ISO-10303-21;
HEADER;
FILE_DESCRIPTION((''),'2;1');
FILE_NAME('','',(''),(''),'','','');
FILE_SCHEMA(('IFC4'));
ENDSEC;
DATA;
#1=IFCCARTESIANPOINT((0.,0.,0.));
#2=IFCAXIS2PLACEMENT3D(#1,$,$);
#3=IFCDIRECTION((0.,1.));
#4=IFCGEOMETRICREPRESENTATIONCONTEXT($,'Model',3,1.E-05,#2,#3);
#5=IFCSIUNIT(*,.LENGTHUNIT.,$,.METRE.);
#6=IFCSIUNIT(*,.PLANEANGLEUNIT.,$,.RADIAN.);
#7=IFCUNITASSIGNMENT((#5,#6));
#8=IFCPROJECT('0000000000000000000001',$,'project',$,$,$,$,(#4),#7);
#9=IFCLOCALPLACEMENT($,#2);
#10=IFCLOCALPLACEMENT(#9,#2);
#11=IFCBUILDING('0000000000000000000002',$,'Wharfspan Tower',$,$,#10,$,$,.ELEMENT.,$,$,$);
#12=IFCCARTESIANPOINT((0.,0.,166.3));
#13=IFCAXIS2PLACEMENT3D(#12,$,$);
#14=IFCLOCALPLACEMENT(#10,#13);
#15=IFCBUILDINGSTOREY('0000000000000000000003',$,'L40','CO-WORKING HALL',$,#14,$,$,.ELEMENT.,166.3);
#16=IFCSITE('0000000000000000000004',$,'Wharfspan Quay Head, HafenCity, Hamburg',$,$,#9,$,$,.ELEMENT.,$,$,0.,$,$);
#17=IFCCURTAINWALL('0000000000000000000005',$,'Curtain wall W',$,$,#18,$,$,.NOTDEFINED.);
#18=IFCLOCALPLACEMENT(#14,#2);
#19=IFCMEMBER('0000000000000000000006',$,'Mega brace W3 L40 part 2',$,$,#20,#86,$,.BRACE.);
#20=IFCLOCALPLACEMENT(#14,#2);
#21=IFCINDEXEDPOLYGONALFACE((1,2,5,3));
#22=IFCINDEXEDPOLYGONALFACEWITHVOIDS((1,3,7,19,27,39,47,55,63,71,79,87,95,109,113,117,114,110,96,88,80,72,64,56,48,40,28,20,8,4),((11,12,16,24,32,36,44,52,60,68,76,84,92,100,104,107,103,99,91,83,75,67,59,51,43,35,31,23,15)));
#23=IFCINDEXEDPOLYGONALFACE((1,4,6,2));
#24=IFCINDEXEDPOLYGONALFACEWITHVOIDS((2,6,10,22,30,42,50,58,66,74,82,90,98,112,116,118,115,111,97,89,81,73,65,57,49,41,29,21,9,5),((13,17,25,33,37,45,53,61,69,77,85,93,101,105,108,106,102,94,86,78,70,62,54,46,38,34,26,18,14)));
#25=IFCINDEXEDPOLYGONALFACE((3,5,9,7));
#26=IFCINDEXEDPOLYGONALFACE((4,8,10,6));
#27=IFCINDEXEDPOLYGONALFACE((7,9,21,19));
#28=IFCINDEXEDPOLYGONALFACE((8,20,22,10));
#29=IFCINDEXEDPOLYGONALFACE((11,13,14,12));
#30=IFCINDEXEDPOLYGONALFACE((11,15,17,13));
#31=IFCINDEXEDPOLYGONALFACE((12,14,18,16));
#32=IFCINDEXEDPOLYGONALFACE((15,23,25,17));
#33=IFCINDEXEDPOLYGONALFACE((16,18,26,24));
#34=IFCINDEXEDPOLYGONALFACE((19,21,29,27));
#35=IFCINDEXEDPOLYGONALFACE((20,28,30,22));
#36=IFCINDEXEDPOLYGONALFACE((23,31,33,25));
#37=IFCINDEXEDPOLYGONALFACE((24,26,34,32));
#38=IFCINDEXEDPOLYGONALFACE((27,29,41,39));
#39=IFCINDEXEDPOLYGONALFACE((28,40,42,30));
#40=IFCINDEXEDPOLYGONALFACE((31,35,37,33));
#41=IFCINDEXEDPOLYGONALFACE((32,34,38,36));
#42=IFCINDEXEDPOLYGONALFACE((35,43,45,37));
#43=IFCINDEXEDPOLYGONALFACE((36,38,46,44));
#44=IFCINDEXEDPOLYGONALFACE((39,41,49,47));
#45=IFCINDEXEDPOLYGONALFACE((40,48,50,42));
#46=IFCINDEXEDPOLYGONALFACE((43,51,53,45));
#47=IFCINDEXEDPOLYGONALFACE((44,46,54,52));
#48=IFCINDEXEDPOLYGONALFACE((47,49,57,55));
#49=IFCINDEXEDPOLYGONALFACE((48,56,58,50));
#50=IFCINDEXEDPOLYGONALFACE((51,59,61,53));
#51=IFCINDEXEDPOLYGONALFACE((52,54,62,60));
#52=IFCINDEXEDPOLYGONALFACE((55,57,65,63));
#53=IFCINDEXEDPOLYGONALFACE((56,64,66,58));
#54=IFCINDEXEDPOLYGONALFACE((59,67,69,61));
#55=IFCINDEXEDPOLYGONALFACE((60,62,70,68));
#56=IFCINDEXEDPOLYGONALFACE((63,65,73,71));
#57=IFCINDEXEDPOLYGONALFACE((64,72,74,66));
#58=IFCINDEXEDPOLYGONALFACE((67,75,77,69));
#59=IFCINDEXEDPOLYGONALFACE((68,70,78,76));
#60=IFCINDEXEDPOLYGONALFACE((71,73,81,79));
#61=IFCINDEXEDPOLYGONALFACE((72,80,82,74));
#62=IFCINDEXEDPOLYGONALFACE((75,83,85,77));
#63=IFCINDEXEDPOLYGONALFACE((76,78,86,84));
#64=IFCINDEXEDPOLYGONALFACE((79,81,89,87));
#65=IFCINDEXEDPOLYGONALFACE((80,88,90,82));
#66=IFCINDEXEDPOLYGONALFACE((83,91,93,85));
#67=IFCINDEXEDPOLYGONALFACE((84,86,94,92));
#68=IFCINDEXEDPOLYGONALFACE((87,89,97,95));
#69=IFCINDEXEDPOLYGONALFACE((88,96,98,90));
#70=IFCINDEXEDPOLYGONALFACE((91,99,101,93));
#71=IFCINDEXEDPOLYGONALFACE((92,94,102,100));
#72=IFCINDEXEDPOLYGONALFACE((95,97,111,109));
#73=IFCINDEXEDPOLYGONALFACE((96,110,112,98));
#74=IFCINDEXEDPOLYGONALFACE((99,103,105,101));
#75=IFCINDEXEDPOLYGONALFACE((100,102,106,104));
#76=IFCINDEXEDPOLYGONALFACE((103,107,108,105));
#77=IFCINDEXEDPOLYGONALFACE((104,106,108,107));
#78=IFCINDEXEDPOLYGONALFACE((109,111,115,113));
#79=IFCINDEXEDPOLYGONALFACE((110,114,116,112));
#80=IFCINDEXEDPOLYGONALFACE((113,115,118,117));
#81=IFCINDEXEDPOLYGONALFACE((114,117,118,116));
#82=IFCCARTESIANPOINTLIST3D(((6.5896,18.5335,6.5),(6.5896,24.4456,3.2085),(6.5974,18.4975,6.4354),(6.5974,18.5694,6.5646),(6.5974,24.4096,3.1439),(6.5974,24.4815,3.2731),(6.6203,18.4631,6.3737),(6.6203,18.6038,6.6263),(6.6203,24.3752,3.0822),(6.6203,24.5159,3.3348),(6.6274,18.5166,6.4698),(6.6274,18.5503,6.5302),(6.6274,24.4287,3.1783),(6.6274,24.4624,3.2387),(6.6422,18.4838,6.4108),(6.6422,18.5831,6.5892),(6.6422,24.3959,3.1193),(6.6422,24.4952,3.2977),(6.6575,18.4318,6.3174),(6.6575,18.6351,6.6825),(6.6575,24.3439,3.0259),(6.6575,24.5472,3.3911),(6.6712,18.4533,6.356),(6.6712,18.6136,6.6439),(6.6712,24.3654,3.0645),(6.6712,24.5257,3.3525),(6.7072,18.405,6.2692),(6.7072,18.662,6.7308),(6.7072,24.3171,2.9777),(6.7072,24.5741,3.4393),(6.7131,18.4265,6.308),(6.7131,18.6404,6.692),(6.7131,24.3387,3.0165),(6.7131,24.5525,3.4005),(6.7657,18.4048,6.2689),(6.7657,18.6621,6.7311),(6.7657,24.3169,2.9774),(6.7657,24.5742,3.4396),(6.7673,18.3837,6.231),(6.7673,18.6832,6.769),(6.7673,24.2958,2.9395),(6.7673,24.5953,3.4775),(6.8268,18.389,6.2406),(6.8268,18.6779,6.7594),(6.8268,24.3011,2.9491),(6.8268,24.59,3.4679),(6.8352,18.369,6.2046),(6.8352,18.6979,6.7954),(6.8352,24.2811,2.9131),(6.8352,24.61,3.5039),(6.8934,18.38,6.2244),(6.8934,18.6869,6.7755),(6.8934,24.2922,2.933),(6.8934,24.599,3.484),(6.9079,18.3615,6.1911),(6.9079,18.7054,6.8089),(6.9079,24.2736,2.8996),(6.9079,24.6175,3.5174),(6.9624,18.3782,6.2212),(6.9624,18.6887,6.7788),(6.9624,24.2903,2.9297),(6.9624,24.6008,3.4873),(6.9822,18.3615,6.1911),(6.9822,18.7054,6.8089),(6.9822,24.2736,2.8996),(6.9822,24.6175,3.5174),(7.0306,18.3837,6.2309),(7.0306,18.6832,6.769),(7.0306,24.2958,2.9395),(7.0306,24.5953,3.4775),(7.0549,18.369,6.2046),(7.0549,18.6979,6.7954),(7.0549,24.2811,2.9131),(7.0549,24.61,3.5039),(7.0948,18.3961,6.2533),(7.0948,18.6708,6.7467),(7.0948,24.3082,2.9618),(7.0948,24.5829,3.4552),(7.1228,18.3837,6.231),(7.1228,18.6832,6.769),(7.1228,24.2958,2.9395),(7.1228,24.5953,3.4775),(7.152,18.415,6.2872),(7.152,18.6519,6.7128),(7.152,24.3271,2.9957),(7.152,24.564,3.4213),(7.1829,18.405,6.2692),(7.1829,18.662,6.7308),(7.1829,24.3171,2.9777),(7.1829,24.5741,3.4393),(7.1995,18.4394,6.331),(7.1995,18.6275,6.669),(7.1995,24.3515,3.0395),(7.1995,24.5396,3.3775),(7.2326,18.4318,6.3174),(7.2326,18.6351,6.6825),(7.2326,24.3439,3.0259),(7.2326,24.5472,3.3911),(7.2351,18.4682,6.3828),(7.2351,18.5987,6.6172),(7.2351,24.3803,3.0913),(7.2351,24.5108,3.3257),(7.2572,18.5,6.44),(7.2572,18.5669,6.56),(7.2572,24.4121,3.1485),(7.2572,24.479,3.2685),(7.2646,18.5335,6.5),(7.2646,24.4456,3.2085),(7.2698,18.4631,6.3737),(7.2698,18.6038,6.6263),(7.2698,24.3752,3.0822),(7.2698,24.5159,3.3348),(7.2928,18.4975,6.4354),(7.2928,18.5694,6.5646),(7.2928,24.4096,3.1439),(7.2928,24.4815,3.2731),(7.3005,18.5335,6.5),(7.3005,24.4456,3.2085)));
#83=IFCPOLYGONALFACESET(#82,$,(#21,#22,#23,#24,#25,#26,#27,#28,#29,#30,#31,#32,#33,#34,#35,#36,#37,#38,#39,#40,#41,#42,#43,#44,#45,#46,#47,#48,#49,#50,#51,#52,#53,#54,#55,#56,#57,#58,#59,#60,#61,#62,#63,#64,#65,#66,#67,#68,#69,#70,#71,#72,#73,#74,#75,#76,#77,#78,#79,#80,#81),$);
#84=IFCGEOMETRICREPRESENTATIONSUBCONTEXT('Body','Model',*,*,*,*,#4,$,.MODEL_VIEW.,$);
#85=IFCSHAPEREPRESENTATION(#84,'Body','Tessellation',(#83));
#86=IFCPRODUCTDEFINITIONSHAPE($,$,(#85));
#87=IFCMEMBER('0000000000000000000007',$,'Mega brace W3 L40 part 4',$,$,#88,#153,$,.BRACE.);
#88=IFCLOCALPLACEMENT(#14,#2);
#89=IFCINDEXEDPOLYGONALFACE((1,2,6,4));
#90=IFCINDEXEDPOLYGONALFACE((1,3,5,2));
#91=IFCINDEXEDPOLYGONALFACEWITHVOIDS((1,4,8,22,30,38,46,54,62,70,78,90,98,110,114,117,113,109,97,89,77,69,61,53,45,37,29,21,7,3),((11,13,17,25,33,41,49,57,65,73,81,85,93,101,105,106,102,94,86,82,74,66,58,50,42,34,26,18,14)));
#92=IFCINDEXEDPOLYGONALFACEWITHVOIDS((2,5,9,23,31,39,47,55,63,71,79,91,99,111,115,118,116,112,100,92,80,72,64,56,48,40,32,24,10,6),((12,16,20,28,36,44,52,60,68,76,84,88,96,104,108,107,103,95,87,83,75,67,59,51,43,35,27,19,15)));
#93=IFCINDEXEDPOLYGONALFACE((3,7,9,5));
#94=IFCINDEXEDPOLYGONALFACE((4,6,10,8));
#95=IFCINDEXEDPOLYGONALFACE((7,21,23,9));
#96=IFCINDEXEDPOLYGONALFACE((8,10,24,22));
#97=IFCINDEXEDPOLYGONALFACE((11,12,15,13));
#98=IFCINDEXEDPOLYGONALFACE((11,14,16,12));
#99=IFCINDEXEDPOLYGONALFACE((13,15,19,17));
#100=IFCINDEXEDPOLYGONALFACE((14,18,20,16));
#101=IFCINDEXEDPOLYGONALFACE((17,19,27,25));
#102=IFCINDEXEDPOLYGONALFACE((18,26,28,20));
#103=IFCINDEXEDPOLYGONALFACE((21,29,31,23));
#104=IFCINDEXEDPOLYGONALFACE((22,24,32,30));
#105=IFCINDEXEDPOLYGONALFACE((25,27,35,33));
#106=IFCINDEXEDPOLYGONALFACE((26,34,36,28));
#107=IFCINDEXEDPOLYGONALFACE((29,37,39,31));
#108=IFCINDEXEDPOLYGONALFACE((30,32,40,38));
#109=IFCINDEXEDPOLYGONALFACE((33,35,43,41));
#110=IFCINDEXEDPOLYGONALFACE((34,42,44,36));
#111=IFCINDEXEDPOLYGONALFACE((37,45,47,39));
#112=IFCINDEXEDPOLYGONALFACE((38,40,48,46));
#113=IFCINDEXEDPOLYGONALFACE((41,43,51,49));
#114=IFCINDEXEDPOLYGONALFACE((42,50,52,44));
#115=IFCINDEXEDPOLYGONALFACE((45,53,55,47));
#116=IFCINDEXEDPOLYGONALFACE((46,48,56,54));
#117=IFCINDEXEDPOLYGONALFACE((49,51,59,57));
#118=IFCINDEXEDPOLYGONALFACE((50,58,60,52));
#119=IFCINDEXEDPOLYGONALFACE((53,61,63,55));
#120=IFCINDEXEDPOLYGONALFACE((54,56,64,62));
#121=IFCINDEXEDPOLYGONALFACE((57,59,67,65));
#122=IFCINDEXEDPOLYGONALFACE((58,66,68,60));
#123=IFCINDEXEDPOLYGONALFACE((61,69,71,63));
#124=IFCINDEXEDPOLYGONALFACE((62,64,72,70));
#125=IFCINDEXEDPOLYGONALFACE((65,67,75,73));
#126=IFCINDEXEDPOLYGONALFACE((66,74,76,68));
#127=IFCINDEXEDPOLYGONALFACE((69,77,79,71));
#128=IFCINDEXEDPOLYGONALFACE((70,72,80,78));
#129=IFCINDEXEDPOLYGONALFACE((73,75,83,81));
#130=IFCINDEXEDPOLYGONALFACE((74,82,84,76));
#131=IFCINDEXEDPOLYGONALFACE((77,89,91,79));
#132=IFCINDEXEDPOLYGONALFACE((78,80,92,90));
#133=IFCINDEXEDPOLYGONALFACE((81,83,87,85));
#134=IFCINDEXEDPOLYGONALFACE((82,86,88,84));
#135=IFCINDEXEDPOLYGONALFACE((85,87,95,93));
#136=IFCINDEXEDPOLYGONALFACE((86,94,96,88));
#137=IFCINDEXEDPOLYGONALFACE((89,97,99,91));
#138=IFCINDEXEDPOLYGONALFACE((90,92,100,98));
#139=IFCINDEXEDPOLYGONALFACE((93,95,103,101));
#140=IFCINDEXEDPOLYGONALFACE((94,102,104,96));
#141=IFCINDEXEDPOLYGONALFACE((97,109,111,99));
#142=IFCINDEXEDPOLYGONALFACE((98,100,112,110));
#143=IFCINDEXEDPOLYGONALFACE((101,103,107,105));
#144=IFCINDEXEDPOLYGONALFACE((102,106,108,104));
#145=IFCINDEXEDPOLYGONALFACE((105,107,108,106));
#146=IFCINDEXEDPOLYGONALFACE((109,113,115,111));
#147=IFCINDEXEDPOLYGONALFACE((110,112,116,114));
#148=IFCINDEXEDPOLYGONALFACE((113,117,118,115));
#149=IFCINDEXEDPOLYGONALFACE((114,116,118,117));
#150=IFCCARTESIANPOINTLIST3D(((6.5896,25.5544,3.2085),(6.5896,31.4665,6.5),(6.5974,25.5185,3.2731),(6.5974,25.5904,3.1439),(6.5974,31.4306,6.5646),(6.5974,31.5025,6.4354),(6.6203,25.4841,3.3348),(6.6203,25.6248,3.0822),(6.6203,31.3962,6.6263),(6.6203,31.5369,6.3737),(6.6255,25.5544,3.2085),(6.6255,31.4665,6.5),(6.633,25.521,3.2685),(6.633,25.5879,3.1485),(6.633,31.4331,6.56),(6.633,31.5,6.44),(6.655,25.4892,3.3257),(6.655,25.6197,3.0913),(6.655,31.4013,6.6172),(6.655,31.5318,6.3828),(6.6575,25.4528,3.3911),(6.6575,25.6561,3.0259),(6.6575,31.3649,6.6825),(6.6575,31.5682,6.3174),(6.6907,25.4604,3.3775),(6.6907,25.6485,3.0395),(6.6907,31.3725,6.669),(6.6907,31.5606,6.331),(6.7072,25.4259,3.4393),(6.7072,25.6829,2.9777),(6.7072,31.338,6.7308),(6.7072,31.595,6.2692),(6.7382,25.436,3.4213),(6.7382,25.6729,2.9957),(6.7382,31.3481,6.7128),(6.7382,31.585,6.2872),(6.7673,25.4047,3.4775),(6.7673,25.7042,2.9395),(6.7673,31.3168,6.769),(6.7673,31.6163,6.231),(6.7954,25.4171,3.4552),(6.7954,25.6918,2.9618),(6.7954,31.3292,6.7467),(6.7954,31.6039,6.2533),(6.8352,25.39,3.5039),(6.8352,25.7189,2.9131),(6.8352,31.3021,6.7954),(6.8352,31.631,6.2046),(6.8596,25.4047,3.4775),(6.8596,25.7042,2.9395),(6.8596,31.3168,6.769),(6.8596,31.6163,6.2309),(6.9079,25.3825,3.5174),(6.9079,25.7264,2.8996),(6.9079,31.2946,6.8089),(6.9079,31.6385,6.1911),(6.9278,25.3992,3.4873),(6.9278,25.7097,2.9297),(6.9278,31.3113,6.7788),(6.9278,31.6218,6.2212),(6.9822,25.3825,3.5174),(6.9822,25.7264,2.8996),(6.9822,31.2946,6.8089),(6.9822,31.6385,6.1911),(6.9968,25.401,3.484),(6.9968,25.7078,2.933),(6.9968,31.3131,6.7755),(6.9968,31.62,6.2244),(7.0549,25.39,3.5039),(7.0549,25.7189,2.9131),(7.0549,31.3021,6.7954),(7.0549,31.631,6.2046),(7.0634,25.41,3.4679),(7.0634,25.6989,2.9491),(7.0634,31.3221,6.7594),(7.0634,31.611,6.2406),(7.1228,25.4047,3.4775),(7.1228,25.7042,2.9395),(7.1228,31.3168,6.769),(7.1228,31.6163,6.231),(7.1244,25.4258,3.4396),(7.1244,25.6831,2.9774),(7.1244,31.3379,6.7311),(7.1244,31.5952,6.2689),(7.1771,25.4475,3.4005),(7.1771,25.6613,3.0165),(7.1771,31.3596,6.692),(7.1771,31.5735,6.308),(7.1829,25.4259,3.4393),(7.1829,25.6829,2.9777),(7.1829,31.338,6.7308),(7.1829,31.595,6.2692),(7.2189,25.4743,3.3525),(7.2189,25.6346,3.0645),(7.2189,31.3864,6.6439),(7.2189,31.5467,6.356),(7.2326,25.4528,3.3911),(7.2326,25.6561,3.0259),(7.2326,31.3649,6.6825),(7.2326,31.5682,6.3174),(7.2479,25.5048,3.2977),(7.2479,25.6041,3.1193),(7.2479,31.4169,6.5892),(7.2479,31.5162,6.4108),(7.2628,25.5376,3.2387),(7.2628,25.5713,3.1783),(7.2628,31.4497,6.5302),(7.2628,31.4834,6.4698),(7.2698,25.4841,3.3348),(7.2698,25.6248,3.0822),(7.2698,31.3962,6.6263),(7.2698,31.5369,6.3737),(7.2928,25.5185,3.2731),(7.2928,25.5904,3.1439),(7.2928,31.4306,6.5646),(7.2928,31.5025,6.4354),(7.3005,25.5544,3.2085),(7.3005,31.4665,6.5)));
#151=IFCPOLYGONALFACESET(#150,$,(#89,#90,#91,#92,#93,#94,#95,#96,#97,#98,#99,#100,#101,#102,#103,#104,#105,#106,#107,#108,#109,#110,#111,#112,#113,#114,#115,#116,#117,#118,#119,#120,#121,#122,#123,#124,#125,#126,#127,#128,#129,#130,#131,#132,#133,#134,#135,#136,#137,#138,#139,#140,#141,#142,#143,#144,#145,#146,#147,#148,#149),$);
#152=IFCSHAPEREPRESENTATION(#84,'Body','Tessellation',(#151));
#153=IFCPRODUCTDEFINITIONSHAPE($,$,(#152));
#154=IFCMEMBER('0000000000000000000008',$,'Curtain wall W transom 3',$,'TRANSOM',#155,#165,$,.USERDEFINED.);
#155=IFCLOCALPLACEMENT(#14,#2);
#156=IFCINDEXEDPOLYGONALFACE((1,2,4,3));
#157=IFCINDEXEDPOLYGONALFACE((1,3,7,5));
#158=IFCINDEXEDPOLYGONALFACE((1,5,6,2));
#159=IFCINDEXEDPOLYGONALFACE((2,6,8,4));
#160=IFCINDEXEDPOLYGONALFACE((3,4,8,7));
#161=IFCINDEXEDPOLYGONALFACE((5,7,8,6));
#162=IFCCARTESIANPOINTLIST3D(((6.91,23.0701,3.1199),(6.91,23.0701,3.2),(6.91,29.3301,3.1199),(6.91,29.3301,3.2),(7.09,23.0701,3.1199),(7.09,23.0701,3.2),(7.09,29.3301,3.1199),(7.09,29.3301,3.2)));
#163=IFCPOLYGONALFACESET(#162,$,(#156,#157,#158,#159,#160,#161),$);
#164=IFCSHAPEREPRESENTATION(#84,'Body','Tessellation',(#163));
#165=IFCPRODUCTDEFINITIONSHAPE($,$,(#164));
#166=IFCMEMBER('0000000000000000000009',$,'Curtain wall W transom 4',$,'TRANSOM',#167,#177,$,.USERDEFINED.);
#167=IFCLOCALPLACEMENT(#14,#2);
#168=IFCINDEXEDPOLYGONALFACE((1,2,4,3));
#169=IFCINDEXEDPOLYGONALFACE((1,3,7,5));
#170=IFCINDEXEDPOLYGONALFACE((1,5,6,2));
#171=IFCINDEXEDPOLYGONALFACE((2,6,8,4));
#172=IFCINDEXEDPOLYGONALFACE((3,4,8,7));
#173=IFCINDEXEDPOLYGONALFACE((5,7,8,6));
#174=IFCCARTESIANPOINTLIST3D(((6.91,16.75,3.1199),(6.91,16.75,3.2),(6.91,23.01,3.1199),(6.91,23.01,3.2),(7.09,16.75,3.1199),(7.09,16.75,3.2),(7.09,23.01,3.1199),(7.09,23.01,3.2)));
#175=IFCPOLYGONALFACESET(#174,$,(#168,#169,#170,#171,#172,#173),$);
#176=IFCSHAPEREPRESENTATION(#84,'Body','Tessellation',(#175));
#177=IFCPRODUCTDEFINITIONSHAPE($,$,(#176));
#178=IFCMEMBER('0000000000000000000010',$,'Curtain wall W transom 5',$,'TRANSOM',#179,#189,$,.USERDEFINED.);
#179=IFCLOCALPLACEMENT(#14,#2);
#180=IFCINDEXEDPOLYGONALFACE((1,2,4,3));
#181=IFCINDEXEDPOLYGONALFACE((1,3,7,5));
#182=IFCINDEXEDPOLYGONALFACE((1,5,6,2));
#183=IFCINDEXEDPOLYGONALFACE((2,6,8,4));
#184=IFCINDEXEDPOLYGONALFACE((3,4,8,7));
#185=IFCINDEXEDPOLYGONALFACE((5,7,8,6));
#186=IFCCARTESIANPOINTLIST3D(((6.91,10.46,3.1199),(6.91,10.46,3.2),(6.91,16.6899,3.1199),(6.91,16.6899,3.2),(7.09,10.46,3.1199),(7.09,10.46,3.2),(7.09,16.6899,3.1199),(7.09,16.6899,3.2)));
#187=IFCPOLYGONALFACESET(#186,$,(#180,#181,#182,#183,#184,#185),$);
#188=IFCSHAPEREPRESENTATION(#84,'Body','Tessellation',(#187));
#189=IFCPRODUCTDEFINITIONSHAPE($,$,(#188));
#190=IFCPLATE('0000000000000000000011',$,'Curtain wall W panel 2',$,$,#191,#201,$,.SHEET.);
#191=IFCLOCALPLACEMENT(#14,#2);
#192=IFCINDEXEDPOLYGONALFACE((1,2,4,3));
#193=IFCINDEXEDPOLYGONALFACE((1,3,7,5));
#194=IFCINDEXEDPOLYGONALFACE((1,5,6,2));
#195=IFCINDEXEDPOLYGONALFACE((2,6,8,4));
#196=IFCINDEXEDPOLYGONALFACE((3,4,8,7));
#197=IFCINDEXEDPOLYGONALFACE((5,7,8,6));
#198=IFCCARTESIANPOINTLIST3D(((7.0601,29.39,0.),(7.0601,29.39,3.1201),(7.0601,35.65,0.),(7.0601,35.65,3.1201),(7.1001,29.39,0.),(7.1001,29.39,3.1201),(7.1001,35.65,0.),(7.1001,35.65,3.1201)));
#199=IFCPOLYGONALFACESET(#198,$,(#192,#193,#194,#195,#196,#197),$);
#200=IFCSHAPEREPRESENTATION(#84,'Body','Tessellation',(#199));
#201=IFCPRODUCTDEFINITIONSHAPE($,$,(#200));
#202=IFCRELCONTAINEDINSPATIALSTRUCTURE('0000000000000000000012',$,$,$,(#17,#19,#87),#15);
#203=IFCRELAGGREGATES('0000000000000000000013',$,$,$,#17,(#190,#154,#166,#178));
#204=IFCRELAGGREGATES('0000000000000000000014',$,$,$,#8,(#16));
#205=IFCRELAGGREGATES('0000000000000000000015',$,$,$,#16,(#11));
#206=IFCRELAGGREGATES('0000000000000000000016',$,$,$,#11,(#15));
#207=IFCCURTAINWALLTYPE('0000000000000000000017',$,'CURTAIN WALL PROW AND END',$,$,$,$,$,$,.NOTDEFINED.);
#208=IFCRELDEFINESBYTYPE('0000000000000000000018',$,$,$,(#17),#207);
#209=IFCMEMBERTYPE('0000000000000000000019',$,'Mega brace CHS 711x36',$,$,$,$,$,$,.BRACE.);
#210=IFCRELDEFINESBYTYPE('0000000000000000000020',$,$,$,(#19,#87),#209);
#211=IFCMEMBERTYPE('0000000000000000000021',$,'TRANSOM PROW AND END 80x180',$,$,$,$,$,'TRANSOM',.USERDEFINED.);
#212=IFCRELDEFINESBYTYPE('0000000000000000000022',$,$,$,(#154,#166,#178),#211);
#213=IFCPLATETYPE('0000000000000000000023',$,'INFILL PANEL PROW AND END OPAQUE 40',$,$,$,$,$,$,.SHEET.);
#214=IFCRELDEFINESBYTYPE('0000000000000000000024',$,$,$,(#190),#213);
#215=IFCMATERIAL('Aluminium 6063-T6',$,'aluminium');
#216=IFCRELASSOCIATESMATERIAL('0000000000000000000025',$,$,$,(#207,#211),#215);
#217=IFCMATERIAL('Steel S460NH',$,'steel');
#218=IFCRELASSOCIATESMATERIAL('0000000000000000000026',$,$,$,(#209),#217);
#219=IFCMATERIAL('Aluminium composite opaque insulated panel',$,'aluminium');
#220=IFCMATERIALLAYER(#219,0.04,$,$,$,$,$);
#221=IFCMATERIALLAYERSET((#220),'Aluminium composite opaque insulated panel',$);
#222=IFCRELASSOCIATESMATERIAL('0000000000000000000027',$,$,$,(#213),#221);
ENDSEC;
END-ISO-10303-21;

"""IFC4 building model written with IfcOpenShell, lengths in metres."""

from ifc_helpers import new_model, si_unit, direction, frame, origin, origin_2d, place, context, subcontext, project, spatial, rectangle, hollow_circle, extrude, material, layer, layer_set, material_profile, profile_set, type_object, element, aggregate, save


model = new_model("IFC4")

# Units and contexts
model_context = context("Model", 3, precision=1e-05, world=origin(), true_north=direction((0.0, 1.0)))
body_context = subcontext(model_context, "Body", "Model", "MODEL_VIEW")
ifc_project = project(units=[si_unit("LENGTHUNIT", "METRE"), si_unit("PLANEANGLEUNIT", "RADIAN")], contexts=[model_context])

# Site, building, storey
site_placement = place(None, origin())
site = spatial("IfcSite", under=ifc_project, at=site_placement, Name="Wharfspan Quay Head, HafenCity, Hamburg", CompositionType="ELEMENT", RefElevation=0.0)
building_placement = place(site_placement, origin())
building = spatial("IfcBuilding", under=site, at=building_placement, Name="Wharfspan Tower", CompositionType="ELEMENT")
storey_placement = place(building_placement, frame((0.0, 0.0, 166.3)))
storey = spatial("IfcBuildingStorey", under=building, at=storey_placement, Name="L40", Description="CO-WORKING HALL", CompositionType="ELEMENT", Elevation=166.3)

# Curtain wall
ifc_material_1 = material(Name="Aluminium 6063-T6", Category="aluminium")
curtain_wall_type = type_object("IfcCurtainWallType", Name="CURTAIN WALL PROW AND END", PredefinedType="NOTDEFINED", material=ifc_material_1)
curtain_wall_placement = place(storey_placement, origin())
curtain_wall = element("IfcCurtainWall", 1, at=curtain_wall_placement, inside=storey, type_object=curtain_wall_type, Name="Curtain wall W", PredefinedType="NOTDEFINED")

# Members
ifc_material_2 = material(Name="Steel S460NH", Category="steel")
ifc_material_profile_1 = material_profile(ifc_material_2, hollow_circle(Radius=0.3555, WallThickness=0.0359, at=origin_2d()))
ifc_profile_set_1 = profile_set([ifc_material_profile_1], Name="Steel S460NH")
member_type_1 = type_object("IfcMemberType", Name="Mega brace CHS 711x36", PredefinedType="BRACE", material=ifc_profile_set_1)
for number, where, z_axis, x_axis, name in (
    (2, (6.9451, 24.4456, 3.2085), (0.0, -0.873718, 0.486433), (1.0, 0.0, 0.0), "Mega brace W3 L40 part 2"),
    (3, (6.9451, 25.5544, 3.2085), (0.0, 0.873718, 0.486433), (-1.0, 0.0, 0.0), "Mega brace W3 L40 part 4"),
):
    element("IfcMember", number, at=place(storey_placement, frame(where, z_axis=z_axis, x_axis=x_axis)), inside=storey, type_object=member_type_1, Name=name, PredefinedType="BRACE", context=body_context, shape_type="SweptSolid", body=[
        extrude(hollow_circle(Radius=0.3555, WallThickness=0.0359, at=origin_2d()), origin(), (0.0, 0.0, 1.0), 6.7666),
    ])

# Members
ifc_material_profile_2 = material_profile(ifc_material_1, rectangle(XDim=0.1799, YDim=0.0801, at=origin_2d()))
ifc_profile_set_2 = profile_set([ifc_material_profile_2], Name="Aluminium 6063-T6")
member_type_2 = type_object("IfcMemberType", Name="TRANSOM PROW AND END 80x180", ElementType="TRANSOM", PredefinedType="USERDEFINED", material=ifc_profile_set_2)
member_1_placement = place(storey_placement, frame((7.0, 29.3301, 3.1599), z_axis=(0.0, -1.0, 0.0), x_axis=(1.0, 0.0, 0.0)))
member_1 = element("IfcMember", 4, at=member_1_placement, type_object=member_type_2, Name="Curtain wall W transom 3", ObjectType="TRANSOM", PredefinedType="USERDEFINED", context=body_context, shape_type="SweptSolid", body=[
    extrude(rectangle(XDim=0.1799, YDim=0.0801, at=origin_2d()), origin(), (0.0, 0.0, 1.0), 6.26),
])
member_2_placement = place(storey_placement, frame((7.0, 23.01, 3.1599), z_axis=(0.0, -1.0, 0.0), x_axis=(1.0, 0.0, 0.0)))
member_2 = element("IfcMember", 5, at=member_2_placement, type_object=member_type_2, Name="Curtain wall W transom 4", ObjectType="TRANSOM", PredefinedType="USERDEFINED", context=body_context, shape_type="SweptSolid", body=[
    extrude(rectangle(XDim=0.1799, YDim=0.0801, at=origin_2d()), origin(), (0.0, 0.0, 1.0), 6.26),
])
member_3_placement = place(storey_placement, frame((7.0, 16.6899, 3.1599), z_axis=(0.0, -1.0, 0.0), x_axis=(1.0, 0.0, 0.0)))
member_3 = element("IfcMember", 6, at=member_3_placement, type_object=member_type_2, Name="Curtain wall W transom 5", ObjectType="TRANSOM", PredefinedType="USERDEFINED", context=body_context, shape_type="SweptSolid", body=[
    extrude(rectangle(XDim=0.1799, YDim=0.0801, at=origin_2d()), origin(), (0.0, 0.0, 1.0), 6.23),
])

# Plate
ifc_material_3 = material(Name="Aluminium composite opaque insulated panel", Category="aluminium")
ifc_layer_1 = layer(ifc_material_3, 0.04)
ifc_layer_set_1 = layer_set([ifc_layer_1], Name="Aluminium composite opaque insulated panel")
plate_type = type_object("IfcPlateType", Name="INFILL PANEL PROW AND END OPAQUE 40", PredefinedType="SHEET", material=ifc_layer_set_1)
plate_1_placement = place(storey_placement, frame((7.0801, 32.52, 0.0), z_axis=(0.0, 0.0, 1.0), x_axis=(0.0, -1.0, 0.0)))
plate_1 = element("IfcPlate", 7, at=plate_1_placement, type_object=plate_type, Name="Curtain wall W panel 2", PredefinedType="SHEET", context=body_context, shape_type="SweptSolid", body=[
    extrude(rectangle(XDim=6.26, YDim=0.04, at=origin_2d()), origin(), (0.0, 0.0, 1.0), 3.1201),
])
aggregate(curtain_wall, [plate_1, member_1, member_2, member_3])

save(model, "model.ifc")
